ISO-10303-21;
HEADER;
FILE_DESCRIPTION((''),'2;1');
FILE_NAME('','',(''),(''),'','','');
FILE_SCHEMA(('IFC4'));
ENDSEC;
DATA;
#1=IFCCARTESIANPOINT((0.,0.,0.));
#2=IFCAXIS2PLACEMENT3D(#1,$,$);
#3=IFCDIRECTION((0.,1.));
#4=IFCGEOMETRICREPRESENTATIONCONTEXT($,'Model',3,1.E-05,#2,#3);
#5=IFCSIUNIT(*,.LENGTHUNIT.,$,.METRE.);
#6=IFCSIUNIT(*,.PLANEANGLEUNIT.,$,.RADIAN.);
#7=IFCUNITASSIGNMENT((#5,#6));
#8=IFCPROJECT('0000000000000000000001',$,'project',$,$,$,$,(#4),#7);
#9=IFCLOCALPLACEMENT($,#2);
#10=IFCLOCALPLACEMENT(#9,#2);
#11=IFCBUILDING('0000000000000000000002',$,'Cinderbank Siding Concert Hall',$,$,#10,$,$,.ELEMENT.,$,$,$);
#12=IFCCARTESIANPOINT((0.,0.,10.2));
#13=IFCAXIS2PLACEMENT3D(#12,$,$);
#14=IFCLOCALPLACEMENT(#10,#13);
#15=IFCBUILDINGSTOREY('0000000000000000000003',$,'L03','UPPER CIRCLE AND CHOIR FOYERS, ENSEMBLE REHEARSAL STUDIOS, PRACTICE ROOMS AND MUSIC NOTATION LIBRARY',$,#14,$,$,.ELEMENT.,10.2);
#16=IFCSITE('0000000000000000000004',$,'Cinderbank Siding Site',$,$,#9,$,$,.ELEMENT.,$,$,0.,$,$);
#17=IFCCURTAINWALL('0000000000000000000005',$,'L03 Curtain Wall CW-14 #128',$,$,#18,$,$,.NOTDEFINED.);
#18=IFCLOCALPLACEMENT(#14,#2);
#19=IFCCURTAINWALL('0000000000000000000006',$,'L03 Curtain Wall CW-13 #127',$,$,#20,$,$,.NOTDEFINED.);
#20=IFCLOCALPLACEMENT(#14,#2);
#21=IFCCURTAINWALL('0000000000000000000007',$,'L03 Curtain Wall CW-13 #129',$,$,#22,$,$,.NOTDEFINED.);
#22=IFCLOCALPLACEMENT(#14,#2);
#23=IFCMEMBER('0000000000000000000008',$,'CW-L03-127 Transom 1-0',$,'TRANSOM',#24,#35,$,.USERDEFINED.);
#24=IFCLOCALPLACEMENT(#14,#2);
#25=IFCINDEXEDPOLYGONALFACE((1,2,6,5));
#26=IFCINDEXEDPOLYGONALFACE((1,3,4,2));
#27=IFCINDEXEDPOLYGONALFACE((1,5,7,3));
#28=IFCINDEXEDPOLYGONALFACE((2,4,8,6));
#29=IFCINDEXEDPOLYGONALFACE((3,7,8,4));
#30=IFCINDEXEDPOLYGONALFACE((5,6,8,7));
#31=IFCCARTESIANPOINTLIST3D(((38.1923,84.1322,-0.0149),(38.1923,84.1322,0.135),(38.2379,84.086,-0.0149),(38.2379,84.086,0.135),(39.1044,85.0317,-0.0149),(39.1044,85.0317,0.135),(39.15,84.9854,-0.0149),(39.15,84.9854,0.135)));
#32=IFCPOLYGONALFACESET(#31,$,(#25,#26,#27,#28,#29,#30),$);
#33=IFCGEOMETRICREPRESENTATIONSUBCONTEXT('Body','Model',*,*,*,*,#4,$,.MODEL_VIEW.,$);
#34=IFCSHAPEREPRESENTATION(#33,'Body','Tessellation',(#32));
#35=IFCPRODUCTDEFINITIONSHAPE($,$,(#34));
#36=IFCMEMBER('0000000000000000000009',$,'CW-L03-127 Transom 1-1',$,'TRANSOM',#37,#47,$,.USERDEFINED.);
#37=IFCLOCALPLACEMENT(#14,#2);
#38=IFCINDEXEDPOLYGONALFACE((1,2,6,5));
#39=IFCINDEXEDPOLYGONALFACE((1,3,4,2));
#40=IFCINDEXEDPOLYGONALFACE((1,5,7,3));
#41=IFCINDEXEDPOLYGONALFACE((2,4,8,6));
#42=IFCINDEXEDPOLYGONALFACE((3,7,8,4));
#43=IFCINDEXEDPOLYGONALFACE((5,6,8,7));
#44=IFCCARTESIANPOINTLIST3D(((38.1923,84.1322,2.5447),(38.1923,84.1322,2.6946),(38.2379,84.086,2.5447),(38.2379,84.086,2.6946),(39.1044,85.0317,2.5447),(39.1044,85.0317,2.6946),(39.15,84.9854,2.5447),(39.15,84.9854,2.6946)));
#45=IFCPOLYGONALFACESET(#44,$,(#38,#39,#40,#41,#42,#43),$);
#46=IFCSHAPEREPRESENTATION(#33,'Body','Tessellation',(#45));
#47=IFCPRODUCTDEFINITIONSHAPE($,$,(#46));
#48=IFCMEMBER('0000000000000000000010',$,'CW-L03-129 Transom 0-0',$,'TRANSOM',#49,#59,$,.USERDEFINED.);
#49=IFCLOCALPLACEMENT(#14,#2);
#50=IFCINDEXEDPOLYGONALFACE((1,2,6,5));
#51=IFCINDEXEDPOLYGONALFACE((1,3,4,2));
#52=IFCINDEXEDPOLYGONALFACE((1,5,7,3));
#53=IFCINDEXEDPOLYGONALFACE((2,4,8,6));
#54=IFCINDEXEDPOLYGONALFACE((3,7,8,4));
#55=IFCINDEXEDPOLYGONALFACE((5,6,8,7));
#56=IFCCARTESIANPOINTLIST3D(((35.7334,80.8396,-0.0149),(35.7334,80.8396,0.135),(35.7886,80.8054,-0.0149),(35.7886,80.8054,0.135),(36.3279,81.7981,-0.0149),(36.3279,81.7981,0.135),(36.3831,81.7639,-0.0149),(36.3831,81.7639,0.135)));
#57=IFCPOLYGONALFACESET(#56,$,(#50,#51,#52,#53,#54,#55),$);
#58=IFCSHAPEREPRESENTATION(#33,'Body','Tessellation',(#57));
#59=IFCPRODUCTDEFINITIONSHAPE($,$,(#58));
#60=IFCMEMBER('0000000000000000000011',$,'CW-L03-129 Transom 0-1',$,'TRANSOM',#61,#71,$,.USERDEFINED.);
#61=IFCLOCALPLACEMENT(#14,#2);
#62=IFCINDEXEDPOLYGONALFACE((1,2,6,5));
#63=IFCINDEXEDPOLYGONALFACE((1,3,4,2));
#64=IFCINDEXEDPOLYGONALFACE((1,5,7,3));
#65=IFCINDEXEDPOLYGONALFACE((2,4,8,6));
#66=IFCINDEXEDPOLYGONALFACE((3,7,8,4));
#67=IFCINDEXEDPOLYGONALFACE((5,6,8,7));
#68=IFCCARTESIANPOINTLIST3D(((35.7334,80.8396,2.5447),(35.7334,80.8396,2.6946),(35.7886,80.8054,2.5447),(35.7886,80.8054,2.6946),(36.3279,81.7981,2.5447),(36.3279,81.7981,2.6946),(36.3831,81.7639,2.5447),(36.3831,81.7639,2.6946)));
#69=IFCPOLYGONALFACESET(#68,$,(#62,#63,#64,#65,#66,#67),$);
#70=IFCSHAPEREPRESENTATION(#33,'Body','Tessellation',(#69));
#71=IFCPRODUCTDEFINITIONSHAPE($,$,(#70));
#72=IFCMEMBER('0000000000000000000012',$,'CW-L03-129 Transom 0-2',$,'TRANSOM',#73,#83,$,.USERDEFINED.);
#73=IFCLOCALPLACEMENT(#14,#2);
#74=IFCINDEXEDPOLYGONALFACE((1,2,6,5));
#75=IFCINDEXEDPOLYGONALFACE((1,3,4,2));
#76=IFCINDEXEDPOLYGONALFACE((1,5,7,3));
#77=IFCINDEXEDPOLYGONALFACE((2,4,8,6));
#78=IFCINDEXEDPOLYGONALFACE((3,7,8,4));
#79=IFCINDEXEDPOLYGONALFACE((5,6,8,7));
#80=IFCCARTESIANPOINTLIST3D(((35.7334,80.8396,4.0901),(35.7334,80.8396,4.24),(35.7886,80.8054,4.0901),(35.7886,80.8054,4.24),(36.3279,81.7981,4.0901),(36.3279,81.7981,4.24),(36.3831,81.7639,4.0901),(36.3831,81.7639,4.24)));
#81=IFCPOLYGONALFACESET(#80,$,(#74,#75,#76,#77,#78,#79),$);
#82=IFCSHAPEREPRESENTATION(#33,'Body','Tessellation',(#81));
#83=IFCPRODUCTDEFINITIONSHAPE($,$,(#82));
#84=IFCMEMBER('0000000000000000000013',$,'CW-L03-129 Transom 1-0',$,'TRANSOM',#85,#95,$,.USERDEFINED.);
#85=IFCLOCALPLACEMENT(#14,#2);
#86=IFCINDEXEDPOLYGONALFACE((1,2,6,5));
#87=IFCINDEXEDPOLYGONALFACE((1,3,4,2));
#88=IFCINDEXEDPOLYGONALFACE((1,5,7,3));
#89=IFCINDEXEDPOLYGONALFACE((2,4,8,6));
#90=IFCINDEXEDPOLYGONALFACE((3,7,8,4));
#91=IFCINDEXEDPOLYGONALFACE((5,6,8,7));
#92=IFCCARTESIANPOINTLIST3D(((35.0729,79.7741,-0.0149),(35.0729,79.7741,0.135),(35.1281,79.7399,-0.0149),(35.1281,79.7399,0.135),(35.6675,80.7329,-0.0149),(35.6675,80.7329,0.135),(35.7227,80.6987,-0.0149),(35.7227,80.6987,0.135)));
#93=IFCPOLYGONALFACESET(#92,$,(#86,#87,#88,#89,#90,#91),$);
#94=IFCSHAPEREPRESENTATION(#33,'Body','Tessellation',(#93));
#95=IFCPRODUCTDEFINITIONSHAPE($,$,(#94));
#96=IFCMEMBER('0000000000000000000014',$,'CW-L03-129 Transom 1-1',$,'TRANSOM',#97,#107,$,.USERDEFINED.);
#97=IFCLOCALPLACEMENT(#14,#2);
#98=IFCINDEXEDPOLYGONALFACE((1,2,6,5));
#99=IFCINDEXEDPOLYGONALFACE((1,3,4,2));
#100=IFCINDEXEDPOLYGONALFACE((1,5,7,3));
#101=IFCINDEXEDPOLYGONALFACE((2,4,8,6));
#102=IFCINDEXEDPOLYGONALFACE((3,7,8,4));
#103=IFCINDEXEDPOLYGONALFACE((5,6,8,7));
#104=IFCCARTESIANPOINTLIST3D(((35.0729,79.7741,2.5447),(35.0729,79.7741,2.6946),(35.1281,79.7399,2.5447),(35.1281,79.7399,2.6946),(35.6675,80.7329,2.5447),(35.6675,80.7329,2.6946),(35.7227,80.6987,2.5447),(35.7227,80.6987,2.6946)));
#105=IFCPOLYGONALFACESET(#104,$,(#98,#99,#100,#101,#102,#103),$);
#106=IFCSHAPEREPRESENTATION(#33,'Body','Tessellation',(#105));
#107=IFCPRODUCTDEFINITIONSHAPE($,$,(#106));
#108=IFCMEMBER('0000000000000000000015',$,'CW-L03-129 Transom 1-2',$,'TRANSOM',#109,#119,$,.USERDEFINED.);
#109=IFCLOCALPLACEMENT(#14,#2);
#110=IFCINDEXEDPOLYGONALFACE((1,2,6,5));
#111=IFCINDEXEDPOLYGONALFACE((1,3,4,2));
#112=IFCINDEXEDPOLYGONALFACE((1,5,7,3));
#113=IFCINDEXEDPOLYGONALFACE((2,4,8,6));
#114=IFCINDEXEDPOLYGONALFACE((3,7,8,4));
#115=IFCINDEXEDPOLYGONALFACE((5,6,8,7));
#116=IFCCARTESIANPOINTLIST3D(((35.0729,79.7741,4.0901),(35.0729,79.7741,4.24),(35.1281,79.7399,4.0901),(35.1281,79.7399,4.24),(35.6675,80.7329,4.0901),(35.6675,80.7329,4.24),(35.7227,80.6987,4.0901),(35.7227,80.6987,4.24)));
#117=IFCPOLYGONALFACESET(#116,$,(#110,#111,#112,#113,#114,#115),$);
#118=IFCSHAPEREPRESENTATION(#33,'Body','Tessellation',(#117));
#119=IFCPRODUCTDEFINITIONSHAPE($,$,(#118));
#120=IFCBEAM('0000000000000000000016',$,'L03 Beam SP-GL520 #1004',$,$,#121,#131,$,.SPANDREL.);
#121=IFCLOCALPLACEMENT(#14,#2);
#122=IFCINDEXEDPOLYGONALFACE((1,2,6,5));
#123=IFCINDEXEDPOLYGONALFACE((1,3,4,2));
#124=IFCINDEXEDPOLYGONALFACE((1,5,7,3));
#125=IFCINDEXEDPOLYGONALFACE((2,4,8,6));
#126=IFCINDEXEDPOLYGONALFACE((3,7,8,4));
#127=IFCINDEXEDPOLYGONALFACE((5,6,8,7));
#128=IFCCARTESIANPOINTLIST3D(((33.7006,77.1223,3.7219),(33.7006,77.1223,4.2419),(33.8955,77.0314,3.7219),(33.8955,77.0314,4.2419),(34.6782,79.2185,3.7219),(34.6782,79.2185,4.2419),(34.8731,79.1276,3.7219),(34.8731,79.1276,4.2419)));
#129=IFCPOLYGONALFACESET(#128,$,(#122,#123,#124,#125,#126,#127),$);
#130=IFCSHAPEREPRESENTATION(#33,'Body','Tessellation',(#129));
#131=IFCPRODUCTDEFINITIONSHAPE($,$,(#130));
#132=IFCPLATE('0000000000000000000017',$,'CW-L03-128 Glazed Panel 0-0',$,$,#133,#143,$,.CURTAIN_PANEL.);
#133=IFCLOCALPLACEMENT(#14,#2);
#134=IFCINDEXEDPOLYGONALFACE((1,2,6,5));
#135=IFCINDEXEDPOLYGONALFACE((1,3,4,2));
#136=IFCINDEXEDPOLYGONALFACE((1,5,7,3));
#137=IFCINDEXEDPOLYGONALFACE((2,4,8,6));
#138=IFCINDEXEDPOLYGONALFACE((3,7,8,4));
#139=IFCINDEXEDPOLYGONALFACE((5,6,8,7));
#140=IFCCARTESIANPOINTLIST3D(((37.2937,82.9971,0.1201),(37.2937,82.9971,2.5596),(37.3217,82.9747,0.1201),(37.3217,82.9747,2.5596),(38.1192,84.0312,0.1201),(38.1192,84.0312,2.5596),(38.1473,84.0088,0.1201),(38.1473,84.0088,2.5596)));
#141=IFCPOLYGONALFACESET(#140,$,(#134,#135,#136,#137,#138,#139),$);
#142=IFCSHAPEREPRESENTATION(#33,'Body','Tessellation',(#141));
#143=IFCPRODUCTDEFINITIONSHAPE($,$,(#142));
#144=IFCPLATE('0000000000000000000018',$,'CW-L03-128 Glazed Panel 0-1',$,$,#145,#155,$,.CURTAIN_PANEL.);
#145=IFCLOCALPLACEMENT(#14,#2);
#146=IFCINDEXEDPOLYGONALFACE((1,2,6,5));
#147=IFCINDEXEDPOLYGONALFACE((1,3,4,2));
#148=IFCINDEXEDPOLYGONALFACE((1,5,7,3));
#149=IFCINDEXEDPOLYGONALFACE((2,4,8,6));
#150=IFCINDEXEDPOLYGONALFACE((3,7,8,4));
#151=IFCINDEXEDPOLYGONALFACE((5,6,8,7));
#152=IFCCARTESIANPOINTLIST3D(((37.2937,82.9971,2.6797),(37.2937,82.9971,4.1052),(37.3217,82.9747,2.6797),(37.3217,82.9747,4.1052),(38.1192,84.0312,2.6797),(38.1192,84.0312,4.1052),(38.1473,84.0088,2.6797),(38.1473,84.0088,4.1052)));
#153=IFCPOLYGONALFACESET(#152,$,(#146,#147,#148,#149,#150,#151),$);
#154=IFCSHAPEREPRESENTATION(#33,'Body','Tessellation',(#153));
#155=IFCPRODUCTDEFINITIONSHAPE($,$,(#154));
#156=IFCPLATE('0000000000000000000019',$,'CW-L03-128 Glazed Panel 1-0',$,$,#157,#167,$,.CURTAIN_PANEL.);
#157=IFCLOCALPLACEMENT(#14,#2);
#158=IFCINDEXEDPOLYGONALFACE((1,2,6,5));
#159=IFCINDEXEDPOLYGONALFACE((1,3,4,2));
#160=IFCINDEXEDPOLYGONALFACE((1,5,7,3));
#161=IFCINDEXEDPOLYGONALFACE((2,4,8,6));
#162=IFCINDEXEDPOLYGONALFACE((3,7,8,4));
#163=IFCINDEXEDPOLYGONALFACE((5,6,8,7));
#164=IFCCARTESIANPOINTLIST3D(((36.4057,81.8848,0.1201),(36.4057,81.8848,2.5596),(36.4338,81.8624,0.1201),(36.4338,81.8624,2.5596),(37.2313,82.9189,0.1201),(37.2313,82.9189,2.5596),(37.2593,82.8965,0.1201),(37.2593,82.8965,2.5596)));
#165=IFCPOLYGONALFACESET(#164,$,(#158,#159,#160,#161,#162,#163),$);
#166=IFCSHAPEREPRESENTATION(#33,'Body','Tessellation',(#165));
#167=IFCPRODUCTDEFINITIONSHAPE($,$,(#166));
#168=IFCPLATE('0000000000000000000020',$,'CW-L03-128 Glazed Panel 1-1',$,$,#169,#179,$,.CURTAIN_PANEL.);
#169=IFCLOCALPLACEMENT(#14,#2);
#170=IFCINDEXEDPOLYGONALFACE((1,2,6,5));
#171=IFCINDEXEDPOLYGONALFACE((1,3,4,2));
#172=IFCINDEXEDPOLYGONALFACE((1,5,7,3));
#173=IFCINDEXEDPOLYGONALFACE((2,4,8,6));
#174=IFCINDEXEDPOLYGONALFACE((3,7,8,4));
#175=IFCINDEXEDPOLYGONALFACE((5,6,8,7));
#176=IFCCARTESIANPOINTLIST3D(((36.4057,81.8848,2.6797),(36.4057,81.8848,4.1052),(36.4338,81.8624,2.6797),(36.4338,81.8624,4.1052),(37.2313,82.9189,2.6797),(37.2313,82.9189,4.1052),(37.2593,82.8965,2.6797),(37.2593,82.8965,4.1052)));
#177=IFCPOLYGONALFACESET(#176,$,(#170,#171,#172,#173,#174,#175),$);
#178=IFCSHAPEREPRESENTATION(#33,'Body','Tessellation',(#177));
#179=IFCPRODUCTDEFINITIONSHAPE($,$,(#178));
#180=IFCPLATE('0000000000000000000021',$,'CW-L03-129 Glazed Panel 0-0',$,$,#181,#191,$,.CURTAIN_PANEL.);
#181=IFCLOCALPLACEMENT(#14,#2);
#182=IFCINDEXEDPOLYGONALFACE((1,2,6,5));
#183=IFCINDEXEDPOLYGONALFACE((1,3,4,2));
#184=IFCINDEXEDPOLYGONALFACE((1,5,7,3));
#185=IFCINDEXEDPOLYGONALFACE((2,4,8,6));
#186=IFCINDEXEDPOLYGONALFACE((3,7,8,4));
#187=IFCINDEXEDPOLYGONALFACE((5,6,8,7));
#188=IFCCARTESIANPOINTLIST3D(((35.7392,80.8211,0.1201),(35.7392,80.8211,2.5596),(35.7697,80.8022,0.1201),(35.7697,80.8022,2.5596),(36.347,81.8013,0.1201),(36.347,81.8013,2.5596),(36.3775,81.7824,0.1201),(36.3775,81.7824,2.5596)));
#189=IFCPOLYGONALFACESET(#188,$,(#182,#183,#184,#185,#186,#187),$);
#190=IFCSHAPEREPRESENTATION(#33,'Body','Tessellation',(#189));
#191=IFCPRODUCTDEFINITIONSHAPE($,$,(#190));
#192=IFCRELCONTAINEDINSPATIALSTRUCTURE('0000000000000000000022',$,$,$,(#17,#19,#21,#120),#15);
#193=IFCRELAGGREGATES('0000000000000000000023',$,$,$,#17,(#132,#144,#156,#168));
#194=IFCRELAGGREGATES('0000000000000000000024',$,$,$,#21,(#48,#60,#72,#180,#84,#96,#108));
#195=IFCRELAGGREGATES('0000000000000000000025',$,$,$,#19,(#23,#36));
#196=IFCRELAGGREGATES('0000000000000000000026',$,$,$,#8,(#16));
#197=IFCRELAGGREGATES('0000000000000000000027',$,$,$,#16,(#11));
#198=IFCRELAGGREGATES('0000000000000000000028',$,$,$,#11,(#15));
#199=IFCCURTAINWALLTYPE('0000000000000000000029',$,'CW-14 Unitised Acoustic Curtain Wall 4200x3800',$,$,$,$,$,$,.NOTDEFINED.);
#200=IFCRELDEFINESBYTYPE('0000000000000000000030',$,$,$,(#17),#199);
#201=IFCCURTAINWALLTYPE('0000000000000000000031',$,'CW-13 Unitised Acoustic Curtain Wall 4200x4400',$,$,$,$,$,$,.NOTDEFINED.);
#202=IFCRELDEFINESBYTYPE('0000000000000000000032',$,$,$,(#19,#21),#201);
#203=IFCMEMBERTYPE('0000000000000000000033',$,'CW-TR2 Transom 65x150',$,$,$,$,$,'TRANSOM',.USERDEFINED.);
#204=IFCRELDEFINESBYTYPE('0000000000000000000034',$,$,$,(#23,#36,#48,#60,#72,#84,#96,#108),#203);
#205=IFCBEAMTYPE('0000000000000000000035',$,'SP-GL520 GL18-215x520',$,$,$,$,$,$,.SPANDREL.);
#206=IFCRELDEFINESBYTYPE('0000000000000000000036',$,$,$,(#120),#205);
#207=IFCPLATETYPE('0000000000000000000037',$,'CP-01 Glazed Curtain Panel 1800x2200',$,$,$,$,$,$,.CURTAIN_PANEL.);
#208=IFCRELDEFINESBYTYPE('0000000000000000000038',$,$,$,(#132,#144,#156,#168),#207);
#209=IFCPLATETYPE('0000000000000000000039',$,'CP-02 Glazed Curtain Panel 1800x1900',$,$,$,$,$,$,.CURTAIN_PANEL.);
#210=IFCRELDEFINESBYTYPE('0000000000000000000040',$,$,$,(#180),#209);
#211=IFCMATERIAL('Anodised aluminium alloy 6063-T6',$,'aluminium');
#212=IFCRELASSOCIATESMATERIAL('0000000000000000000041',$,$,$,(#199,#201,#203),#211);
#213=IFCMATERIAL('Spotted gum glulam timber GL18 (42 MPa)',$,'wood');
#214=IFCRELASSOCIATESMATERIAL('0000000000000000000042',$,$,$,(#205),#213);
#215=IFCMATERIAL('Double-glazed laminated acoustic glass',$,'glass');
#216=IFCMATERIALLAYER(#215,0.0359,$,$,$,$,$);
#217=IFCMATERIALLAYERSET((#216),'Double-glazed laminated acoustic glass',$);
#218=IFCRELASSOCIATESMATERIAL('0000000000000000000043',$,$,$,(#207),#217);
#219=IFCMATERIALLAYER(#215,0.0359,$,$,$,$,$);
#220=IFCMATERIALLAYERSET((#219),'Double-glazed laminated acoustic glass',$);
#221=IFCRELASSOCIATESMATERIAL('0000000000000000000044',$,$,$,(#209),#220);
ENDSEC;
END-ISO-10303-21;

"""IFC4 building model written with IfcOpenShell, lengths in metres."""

from ifc_helpers import new_model, si_unit, direction, frame, origin, origin_2d, place, context, subcontext, project, spatial, rectangle, extrude, material, layer, layer_set, material_profile, profile_set, type_object, element, aggregate, save


model = new_model("IFC4")

# Units and contexts
model_context = context("Model", 3, precision=1e-05, world=origin(), true_north=direction((0.0, 1.0)))
body_context = subcontext(model_context, "Body", "Model", "MODEL_VIEW")
ifc_project = project(units=[si_unit("LENGTHUNIT", "METRE"), si_unit("PLANEANGLEUNIT", "RADIAN")], contexts=[model_context])

# Site, building, storey
site_placement = place(None, origin())
site = spatial("IfcSite", under=ifc_project, at=site_placement, Name="Cinderbank Siding Site", CompositionType="ELEMENT", RefElevation=0.0)
building_placement = place(site_placement, origin())
building = spatial("IfcBuilding", under=site, at=building_placement, Name="Cinderbank Siding Concert Hall", CompositionType="ELEMENT")
storey_placement = place(building_placement, frame((0.0, 0.0, 10.2)))
storey = spatial("IfcBuildingStorey", under=building, at=storey_placement, Name="L03", Description="UPPER CIRCLE AND CHOIR FOYERS, ENSEMBLE REHEARSAL STUDIOS, PRACTICE ROOMS AND MUSIC NOTATION LIBRARY", CompositionType="ELEMENT", Elevation=10.2)

# Curtain wall
ifc_material_1 = material(Name="Anodised aluminium alloy 6063-T6", Category="aluminium")
curtain_wall_type_1 = type_object("IfcCurtainWallType", Name="CW-14 Unitised Acoustic Curtain Wall 4200x3800", PredefinedType="NOTDEFINED", material=ifc_material_1)
curtain_wall_1_placement = place(storey_placement, origin())
curtain_wall_1 = element("IfcCurtainWall", 1, at=curtain_wall_1_placement, inside=storey, type_object=curtain_wall_type_1, Name="L03 Curtain Wall CW-14 #128", PredefinedType="NOTDEFINED")

# Curtain wall
curtain_wall_type_2 = type_object("IfcCurtainWallType", Name="CW-13 Unitised Acoustic Curtain Wall 4200x4400", PredefinedType="NOTDEFINED", material=ifc_material_1)
curtain_wall_2_placement = place(storey_placement, origin())
curtain_wall_2 = element("IfcCurtainWall", 2, at=curtain_wall_2_placement, inside=storey, type_object=curtain_wall_type_2, Name="L03 Curtain Wall CW-13 #127", PredefinedType="NOTDEFINED")

# Curtain wall
curtain_wall_3_placement = place(storey_placement, origin())
curtain_wall_3 = element("IfcCurtainWall", 3, at=curtain_wall_3_placement, inside=storey, type_object=curtain_wall_type_2, Name="L03 Curtain Wall CW-13 #129", PredefinedType="NOTDEFINED")

# Members
ifc_material_profile_1 = material_profile(ifc_material_1, rectangle(XDim=0.0649, YDim=0.1499, at=origin_2d()), Name="ALU-TRAN-65x150", Category="LoadBearing")
ifc_profile_set_1 = profile_set([ifc_material_profile_1], Name="Anodised aluminium alloy 6063-T6")
member_type_1 = type_object("IfcMemberType", Name="CW-TR2 Transom 65x150", ElementType="TRANSOM", PredefinedType="USERDEFINED", material=ifc_profile_set_1)
member_1_placement = place(storey_placement, frame((39.1272, 85.0085, 0.0601), z_axis=(-0.712045, -0.702134, 0.0), x_axis=(0.702134, -0.712045, 0.0)))
member_1 = element("IfcMember", 4, at=member_1_placement, type_object=member_type_1, Name="CW-L03-127 Transom 1-0", ObjectType="TRANSOM", PredefinedType="USERDEFINED", context=body_context, shape_type="SweptSolid", body=[
    extrude(rectangle(XDim=0.0649, YDim=0.1499, at=origin_2d()), origin(), (0.0, 0.0, 1.0), 1.281),
])
member_2_placement = place(storey_placement, frame((39.1272, 85.0085, 2.6196), z_axis=(-0.712045, -0.702134, 0.0), x_axis=(0.702134, -0.712045, 0.0)))
member_2 = element("IfcMember", 5, at=member_2_placement, type_object=member_type_1, Name="CW-L03-127 Transom 1-1", ObjectType="TRANSOM", PredefinedType="USERDEFINED", context=body_context, shape_type="SweptSolid", body=[
    extrude(rectangle(XDim=0.0649, YDim=0.1499, at=origin_2d()), origin(), (0.0, 0.0, 1.0), 1.281),
])
member_3_placement = place(storey_placement, frame((36.3555, 81.781, 0.0601), z_axis=(-0.527077, -0.849817, 0.0), x_axis=(0.849817, -0.527077, 0.0)))
member_3 = element("IfcMember", 6, at=member_3_placement, type_object=member_type_1, Name="CW-L03-129 Transom 0-0", ObjectType="TRANSOM", PredefinedType="USERDEFINED", context=body_context, shape_type="SweptSolid", body=[
    extrude(rectangle(XDim=0.0649, YDim=0.1499, at=origin_2d()), origin(), (0.0, 0.0, 1.0), 1.1279),
])
member_4_placement = place(storey_placement, frame((36.3555, 81.781, 2.6196), z_axis=(-0.527077, -0.849817, 0.0), x_axis=(0.849817, -0.527077, 0.0)))
member_4 = element("IfcMember", 7, at=member_4_placement, type_object=member_type_1, Name="CW-L03-129 Transom 0-1", ObjectType="TRANSOM", PredefinedType="USERDEFINED", context=body_context, shape_type="SweptSolid", body=[
    extrude(rectangle(XDim=0.0649, YDim=0.1499, at=origin_2d()), origin(), (0.0, 0.0, 1.0), 1.1279),
])
member_5_placement = place(storey_placement, frame((36.3555, 81.781, 4.165), z_axis=(-0.527077, -0.849817, 0.0), x_axis=(0.849817, -0.527077, 0.0)))
member_5 = element("IfcMember", 8, at=member_5_placement, type_object=member_type_1, Name="CW-L03-129 Transom 0-2", ObjectType="TRANSOM", PredefinedType="USERDEFINED", context=body_context, shape_type="SweptSolid", body=[
    extrude(rectangle(XDim=0.0649, YDim=0.1499, at=origin_2d()), origin(), (0.0, 0.0, 1.0), 1.1279),
])
member_6_placement = place(storey_placement, frame((35.6951, 80.7158, 0.0601), z_axis=(-0.52698, -0.849877, 0.0), x_axis=(0.849877, -0.52698, 0.0)))
member_6 = element("IfcMember", 9, at=member_6_placement, type_object=member_type_1, Name="CW-L03-129 Transom 1-0", ObjectType="TRANSOM", PredefinedType="USERDEFINED", context=body_context, shape_type="SweptSolid", body=[
    extrude(rectangle(XDim=0.0649, YDim=0.1499, at=origin_2d()), origin(), (0.0, 0.0, 1.0), 1.1282),
])
member_7_placement = place(storey_placement, frame((35.6951, 80.7158, 2.6196), z_axis=(-0.52698, -0.849877, 0.0), x_axis=(0.849877, -0.52698, 0.0)))
member_7 = element("IfcMember", 10, at=member_7_placement, type_object=member_type_1, Name="CW-L03-129 Transom 1-1", ObjectType="TRANSOM", PredefinedType="USERDEFINED", context=body_context, shape_type="SweptSolid", body=[
    extrude(rectangle(XDim=0.0649, YDim=0.1499, at=origin_2d()), origin(), (0.0, 0.0, 1.0), 1.1282),
])
member_8_placement = place(storey_placement, frame((35.6951, 80.7158, 4.165), z_axis=(-0.52698, -0.849877, 0.0), x_axis=(0.849877, -0.52698, 0.0)))
member_8 = element("IfcMember", 11, at=member_8_placement, type_object=member_type_1, Name="CW-L03-129 Transom 1-2", ObjectType="TRANSOM", PredefinedType="USERDEFINED", context=body_context, shape_type="SweptSolid", body=[
    extrude(rectangle(XDim=0.0649, YDim=0.1499, at=origin_2d()), origin(), (0.0, 0.0, 1.0), 1.1282),
])

# Beam
ifc_material_2 = material(Name="Spotted gum glulam timber GL18 (42 MPa)", Category="wood")
ifc_material_profile_2 = material_profile(ifc_material_2, rectangle(XDim=0.2151, YDim=0.52, at=origin_2d()), Name="GL18-215x520", Category="LoadBearing")
ifc_profile_set_2 = profile_set([ifc_material_profile_2], Name="Spotted gum glulam timber GL18 (42 MPa)")
beam_type = type_object("IfcBeamType", Name="SP-GL520 GL18-215x520", PredefinedType="SPANDREL", material=ifc_profile_set_2)
beam_placement = place(storey_placement, frame((34.7756, 79.1731, 3.9819), z_axis=(-0.422643, -0.906296, 0.0), x_axis=(0.906296, -0.422643, 0.0)))
element("IfcBeam", 12, at=beam_placement, inside=storey, type_object=beam_type, Name="L03 Beam SP-GL520 #1004", PredefinedType="SPANDREL", context=body_context, shape_type="SweptSolid", body=[
    extrude(rectangle(XDim=0.2151, YDim=0.52, at=origin_2d()), origin(), (0.0, 0.0, 1.0), 2.313),
])

# Plates
ifc_material_3 = material(Name="Double-glazed laminated acoustic glass", Category="glass")
ifc_layer_1 = layer(ifc_material_3, 0.0359)
ifc_layer_set_1 = layer_set([ifc_layer_1], Name="Double-glazed laminated acoustic glass")
plate_type_1 = type_object("IfcPlateType", Name="CP-01 Glazed Curtain Panel 1800x2200", PredefinedType="CURTAIN_PANEL", material=ifc_layer_set_1)
plate_1_placement = place(storey_placement, frame((37.7205, 83.5029, 0.1201), z_axis=(0.0, 0.0, 1.0), x_axis=(-0.623889, -0.781513, 0.0)))
plate_1 = element("IfcPlate", 13, at=plate_1_placement, type_object=plate_type_1, Name="CW-L03-128 Glazed Panel 0-0", PredefinedType="CURTAIN_PANEL", context=body_context, shape_type="SweptSolid", body=[
    extrude(rectangle(XDim=1.3232, YDim=0.0359, at=origin_2d()), origin(), (0.0, 0.0, 1.0), 2.4395),
])
plate_2_placement = place(storey_placement, frame((37.7205, 83.5029, 2.6797), z_axis=(0.0, 0.0, 1.0), x_axis=(-0.623889, -0.781513, 0.0)))
plate_2 = element("IfcPlate", 14, at=plate_2_placement, type_object=plate_type_1, Name="CW-L03-128 Glazed Panel 0-1", PredefinedType="CURTAIN_PANEL", context=body_context, shape_type="SweptSolid", body=[
    extrude(rectangle(XDim=1.3232, YDim=0.0359, at=origin_2d()), origin(), (0.0, 0.0, 1.0), 1.4255),
])
plate_3_placement = place(storey_placement, frame((36.8325, 82.3906, 0.1201), z_axis=(0.0, 0.0, 1.0), x_axis=(-0.623889, -0.781513, 0.0)))
plate_3 = element("IfcPlate", 15, at=plate_3_placement, type_object=plate_type_1, Name="CW-L03-128 Glazed Panel 1-0", PredefinedType="CURTAIN_PANEL", context=body_context, shape_type="SweptSolid", body=[
    extrude(rectangle(XDim=1.3232, YDim=0.0359, at=origin_2d()), origin(), (0.0, 0.0, 1.0), 2.4395),
])
plate_4_placement = place(storey_placement, frame((36.8325, 82.3906, 2.6797), z_axis=(0.0, 0.0, 1.0), x_axis=(-0.623889, -0.781513, 0.0)))
plate_4 = element("IfcPlate", 16, at=plate_4_placement, type_object=plate_type_1, Name="CW-L03-128 Glazed Panel 1-1", PredefinedType="CURTAIN_PANEL", context=body_context, shape_type="SweptSolid", body=[
    extrude(rectangle(XDim=1.3232, YDim=0.0359, at=origin_2d()), origin(), (0.0, 0.0, 1.0), 1.4255),
])
aggregate(curtain_wall_1, [plate_1, plate_2, plate_3, plate_4])
ifc_layer_2 = layer(ifc_material_3, 0.0359)
ifc_layer_set_2 = layer_set([ifc_layer_2], Name="Double-glazed laminated acoustic glass")
plate_type_2 = type_object("IfcPlateType", Name="CP-02 Glazed Curtain Panel 1800x1900", PredefinedType="CURTAIN_PANEL", material=ifc_layer_set_2)
plate_5_placement = place(storey_placement, frame((36.0583, 81.3018, 0.1201), z_axis=(0.0, 0.0, 1.0), x_axis=(-0.526958, -0.849891, 0.0)))
plate_5 = element("IfcPlate", 17, at=plate_5_placement, type_object=plate_type_2, Name="CW-L03-129 Glazed Panel 0-0", PredefinedType="CURTAIN_PANEL", context=body_context, shape_type="SweptSolid", body=[
    extrude(rectangle(XDim=1.1533, YDim=0.0359, at=origin_2d()), origin(), (0.0, 0.0, 1.0), 2.4395),
])
aggregate(curtain_wall_3, [member_3, member_4, member_5, plate_5, member_6, member_7, member_8])
aggregate(curtain_wall_2, [member_1, member_2])

save(model, "model.ifc")
